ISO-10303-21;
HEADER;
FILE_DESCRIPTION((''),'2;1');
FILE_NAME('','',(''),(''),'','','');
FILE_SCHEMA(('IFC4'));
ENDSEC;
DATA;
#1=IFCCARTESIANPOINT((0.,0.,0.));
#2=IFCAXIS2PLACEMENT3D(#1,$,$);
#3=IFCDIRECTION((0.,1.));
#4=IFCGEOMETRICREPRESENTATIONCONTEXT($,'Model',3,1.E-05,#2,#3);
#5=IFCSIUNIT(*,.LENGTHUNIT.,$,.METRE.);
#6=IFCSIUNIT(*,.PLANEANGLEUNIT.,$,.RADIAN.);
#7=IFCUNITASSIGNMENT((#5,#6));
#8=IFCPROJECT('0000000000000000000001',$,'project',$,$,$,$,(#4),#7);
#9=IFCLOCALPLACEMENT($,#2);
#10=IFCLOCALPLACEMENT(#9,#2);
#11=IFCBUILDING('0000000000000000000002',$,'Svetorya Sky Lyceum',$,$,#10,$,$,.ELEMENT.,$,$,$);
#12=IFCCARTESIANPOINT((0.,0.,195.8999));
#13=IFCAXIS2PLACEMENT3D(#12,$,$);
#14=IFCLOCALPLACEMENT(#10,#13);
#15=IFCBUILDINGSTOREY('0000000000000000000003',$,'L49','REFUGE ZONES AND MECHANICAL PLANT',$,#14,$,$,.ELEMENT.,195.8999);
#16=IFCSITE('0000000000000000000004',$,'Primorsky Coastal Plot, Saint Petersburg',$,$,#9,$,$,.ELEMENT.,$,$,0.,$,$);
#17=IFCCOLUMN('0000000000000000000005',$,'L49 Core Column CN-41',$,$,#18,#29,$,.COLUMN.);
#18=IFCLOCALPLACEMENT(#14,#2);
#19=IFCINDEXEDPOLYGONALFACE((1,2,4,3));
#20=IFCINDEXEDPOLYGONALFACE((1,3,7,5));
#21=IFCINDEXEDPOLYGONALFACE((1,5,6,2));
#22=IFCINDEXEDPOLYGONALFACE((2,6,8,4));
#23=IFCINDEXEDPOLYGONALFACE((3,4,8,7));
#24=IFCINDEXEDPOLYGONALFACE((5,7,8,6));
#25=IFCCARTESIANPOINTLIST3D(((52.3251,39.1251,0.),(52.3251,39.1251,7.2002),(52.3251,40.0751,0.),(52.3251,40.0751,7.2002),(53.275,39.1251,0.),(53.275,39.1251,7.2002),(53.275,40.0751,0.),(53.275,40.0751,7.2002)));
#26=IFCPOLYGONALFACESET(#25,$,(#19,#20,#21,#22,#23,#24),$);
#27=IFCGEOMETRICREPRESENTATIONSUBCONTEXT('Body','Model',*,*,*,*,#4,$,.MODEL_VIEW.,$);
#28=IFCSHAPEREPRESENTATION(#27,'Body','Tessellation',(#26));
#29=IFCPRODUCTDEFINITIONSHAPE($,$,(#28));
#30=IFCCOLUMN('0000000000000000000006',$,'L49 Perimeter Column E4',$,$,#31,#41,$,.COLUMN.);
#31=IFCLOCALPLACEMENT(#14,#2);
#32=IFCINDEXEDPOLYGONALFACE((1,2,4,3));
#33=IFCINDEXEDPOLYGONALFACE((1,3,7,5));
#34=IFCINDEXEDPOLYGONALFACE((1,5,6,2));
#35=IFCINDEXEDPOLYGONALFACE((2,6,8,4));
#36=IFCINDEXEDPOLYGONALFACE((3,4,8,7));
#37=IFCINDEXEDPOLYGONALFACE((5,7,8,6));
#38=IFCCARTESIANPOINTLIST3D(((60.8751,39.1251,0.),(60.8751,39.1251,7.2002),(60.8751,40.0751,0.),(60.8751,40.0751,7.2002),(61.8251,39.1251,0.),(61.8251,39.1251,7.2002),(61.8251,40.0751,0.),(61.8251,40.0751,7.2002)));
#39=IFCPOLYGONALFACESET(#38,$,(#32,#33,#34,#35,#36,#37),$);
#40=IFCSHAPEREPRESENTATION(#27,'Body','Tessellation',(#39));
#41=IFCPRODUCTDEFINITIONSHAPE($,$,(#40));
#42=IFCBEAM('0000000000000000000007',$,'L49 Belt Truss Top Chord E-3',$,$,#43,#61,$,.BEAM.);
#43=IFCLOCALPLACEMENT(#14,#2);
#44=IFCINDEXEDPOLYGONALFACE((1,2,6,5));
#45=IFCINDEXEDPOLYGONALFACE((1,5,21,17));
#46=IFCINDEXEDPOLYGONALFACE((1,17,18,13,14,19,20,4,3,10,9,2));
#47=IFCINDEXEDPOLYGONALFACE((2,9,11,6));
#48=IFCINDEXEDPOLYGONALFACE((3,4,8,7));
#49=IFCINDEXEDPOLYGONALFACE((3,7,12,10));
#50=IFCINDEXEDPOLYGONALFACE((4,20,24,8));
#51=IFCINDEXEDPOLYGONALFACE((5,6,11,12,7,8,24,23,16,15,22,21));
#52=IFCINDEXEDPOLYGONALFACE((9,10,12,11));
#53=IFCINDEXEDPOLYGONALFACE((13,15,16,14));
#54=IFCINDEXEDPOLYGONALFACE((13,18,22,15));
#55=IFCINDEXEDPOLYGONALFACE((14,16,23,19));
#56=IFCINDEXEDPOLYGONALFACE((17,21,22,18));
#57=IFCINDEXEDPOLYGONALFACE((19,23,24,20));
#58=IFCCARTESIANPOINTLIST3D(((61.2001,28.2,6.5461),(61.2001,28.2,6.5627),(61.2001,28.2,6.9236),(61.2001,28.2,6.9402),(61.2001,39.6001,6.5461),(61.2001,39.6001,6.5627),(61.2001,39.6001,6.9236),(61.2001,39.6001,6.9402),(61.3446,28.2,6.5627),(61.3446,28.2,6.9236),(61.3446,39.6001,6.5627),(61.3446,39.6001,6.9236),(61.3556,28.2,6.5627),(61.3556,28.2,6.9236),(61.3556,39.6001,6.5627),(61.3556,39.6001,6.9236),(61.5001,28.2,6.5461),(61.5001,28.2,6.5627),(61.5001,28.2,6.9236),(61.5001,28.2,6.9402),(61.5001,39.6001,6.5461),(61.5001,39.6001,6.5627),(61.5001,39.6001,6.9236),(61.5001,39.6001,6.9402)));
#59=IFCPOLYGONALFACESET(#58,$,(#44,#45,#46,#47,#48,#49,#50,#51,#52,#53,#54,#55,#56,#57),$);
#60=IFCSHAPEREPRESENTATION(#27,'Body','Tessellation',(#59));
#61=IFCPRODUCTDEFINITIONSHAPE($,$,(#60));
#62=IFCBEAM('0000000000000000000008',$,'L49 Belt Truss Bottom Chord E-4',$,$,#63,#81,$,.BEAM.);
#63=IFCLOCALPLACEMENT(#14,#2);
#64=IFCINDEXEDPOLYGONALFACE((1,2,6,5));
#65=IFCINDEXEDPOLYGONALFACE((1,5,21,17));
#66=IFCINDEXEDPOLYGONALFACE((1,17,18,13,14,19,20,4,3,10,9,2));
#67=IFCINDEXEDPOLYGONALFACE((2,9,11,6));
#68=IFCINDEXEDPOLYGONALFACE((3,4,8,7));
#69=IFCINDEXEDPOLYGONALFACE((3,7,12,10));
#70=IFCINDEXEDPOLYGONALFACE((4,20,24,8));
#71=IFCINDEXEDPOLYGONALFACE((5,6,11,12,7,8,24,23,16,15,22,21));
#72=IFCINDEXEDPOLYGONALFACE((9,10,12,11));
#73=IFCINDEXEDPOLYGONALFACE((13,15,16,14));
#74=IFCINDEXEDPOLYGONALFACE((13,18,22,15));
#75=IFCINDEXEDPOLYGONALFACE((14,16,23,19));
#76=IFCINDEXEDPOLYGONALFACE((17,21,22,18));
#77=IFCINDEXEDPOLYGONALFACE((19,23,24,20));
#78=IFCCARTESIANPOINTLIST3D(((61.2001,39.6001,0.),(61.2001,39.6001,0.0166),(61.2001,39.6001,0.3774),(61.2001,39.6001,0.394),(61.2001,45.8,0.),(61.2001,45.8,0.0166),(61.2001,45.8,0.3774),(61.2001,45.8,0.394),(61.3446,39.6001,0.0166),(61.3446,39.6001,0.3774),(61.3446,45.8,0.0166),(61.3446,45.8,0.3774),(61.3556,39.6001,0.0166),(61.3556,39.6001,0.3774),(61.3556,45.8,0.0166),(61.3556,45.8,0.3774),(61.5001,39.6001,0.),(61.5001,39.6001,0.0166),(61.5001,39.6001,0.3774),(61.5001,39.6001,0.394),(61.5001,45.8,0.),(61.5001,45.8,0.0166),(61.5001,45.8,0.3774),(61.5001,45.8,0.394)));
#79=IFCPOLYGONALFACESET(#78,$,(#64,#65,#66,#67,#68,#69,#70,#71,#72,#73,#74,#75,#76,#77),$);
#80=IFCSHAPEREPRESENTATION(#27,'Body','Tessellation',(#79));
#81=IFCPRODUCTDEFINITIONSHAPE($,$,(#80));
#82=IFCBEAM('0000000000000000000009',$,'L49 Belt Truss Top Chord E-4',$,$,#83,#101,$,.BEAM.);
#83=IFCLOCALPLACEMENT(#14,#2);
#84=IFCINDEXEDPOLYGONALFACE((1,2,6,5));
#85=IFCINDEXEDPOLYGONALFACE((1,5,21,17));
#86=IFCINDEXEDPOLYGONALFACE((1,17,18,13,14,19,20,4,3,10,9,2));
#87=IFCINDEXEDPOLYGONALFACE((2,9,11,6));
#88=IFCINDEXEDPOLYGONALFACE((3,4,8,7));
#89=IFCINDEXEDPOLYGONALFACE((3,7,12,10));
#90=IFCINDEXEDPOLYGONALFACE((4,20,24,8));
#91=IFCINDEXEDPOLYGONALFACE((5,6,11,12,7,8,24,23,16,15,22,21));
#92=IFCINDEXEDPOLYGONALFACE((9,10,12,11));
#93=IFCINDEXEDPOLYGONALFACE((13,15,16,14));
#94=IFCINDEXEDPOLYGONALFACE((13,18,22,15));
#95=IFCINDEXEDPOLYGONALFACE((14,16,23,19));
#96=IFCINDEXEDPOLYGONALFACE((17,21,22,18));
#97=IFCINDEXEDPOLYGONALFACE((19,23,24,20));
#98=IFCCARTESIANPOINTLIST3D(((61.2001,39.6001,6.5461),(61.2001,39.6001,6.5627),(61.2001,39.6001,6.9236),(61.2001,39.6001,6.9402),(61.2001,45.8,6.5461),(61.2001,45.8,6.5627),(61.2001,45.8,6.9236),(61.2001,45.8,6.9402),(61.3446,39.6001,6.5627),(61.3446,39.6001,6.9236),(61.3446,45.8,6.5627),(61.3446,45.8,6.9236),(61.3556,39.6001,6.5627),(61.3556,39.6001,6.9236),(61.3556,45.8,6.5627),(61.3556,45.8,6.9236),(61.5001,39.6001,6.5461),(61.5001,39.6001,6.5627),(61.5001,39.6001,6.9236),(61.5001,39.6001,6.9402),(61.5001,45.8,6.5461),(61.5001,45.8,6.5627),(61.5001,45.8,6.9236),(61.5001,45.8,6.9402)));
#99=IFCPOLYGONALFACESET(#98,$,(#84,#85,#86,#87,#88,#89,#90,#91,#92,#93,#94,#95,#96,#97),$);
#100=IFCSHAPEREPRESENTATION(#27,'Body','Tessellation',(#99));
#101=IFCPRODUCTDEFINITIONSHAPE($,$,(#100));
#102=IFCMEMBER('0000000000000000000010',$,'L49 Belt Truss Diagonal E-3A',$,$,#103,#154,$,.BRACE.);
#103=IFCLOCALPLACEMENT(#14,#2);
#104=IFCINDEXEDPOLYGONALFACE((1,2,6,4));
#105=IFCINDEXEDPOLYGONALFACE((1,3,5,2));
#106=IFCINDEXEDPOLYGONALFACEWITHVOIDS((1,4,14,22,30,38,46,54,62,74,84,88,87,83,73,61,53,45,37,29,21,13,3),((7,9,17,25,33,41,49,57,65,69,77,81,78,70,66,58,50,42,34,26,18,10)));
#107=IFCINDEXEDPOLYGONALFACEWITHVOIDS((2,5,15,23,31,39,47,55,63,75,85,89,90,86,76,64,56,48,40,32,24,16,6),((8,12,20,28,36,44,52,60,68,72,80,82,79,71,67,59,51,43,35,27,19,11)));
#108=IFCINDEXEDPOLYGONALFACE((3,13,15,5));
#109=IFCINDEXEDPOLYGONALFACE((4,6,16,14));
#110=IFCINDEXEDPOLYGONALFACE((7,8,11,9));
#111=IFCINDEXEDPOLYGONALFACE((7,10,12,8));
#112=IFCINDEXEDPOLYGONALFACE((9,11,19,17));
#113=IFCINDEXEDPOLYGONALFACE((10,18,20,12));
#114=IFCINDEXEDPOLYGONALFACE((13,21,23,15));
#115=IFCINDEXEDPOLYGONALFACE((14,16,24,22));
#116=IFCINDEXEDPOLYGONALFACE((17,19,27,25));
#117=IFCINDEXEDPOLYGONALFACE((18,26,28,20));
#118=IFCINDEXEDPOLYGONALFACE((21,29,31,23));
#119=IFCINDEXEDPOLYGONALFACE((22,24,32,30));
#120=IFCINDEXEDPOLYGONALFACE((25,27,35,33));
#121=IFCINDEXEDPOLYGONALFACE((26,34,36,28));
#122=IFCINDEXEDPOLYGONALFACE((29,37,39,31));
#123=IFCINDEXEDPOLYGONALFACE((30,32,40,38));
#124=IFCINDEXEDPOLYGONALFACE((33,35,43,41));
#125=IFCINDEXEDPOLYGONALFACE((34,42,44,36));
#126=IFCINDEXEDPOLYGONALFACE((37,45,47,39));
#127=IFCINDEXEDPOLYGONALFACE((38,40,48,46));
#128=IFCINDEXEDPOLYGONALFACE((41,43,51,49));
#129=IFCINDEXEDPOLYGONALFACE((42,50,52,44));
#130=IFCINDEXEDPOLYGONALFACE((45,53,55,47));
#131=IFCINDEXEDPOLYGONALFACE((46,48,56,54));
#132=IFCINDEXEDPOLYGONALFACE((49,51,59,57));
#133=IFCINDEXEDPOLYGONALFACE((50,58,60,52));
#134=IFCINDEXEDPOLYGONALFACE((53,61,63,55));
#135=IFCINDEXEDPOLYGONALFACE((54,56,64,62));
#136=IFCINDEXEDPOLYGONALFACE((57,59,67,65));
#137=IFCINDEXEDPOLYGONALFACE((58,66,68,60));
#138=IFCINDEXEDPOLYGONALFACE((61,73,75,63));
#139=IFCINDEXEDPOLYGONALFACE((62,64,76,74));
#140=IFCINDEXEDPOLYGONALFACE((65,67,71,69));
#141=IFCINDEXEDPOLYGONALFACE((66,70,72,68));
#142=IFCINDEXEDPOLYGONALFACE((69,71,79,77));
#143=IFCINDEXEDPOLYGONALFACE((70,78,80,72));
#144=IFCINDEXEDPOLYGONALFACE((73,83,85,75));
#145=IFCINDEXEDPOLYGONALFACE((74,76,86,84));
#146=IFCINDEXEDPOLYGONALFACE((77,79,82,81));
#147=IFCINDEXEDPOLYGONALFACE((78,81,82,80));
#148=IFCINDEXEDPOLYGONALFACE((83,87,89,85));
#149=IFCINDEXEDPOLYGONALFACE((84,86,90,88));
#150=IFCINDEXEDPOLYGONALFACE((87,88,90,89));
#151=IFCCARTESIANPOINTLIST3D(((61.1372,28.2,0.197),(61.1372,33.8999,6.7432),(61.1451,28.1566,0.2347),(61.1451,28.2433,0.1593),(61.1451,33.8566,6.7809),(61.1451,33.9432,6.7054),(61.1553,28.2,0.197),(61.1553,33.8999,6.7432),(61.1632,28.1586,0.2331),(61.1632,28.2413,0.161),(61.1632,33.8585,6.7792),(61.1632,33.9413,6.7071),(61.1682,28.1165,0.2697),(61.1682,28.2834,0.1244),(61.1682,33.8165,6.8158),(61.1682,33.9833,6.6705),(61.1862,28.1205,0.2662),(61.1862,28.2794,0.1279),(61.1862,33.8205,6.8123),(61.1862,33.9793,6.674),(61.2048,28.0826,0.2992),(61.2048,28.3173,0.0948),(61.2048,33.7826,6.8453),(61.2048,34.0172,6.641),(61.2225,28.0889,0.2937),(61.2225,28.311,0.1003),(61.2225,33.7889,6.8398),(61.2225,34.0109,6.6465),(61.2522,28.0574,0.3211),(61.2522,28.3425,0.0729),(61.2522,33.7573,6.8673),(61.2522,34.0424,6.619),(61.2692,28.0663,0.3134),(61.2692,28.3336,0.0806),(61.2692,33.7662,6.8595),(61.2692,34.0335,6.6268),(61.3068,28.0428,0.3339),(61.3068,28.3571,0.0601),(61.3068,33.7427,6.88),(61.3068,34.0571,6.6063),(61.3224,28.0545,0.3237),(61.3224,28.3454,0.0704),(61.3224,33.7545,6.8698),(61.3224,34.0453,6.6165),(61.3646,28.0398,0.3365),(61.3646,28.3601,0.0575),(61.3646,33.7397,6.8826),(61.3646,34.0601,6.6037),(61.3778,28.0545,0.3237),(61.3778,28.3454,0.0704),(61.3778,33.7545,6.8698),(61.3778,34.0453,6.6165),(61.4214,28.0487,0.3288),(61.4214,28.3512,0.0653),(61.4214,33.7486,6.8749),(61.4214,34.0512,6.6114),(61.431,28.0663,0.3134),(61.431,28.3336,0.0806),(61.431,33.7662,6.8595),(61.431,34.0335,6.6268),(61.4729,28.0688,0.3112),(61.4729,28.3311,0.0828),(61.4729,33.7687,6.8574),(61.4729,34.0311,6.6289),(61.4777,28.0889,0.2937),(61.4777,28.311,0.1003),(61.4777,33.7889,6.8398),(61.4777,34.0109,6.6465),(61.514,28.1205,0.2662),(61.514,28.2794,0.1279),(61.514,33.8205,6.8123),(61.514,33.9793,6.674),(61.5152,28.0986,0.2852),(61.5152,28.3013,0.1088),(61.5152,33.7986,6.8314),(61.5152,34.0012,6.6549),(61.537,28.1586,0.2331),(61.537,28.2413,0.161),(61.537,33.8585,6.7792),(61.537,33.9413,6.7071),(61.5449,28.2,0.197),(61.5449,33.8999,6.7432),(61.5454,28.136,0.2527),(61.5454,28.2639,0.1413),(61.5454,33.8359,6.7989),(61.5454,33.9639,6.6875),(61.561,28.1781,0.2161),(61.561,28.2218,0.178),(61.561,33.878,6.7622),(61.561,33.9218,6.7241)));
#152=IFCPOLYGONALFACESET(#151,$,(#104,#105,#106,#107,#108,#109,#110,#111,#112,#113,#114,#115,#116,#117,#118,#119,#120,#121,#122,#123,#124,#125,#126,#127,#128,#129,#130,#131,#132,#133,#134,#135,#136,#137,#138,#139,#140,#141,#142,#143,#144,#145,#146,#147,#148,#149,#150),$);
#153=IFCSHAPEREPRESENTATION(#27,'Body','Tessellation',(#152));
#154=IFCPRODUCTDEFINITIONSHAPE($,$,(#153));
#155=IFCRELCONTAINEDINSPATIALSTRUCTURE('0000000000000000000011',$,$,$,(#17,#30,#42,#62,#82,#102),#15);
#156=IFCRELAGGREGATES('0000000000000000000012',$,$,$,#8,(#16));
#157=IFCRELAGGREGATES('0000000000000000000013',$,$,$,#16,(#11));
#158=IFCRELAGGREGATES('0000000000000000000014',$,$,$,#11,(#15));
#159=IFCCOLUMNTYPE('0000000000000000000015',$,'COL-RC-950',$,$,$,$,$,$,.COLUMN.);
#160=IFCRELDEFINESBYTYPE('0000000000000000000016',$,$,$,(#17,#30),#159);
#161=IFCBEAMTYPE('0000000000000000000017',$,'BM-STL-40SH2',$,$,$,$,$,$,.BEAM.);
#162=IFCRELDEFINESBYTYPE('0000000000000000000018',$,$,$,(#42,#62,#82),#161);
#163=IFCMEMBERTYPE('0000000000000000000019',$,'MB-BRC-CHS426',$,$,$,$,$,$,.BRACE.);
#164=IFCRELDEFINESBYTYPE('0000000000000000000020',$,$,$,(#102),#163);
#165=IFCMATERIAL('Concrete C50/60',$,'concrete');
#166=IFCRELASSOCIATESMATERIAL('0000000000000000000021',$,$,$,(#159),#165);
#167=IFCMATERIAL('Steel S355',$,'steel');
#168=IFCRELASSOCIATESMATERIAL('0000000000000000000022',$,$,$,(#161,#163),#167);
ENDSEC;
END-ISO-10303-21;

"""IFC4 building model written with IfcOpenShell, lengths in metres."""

from ifc_helpers import new_model, si_unit, direction, frame, origin, origin_2d, place, context, subcontext, project, spatial, rectangle, hollow_circle, i_section, extrude, material, material_profile, profile_set, type_object, element, save


model = new_model("IFC4")

# Units and contexts
model_context = context("Model", 3, precision=1e-05, world=origin(), true_north=direction((0.0, 1.0)))
body_context = subcontext(model_context, "Body", "Model", "MODEL_VIEW")
ifc_project = project(units=[si_unit("LENGTHUNIT", "METRE"), si_unit("PLANEANGLEUNIT", "RADIAN")], contexts=[model_context])

# Site, building, storey
site_placement = place(None, origin())
site = spatial("IfcSite", under=ifc_project, at=site_placement, Name="Primorsky Coastal Plot, Saint Petersburg", CompositionType="ELEMENT", RefElevation=0.0)
building_placement = place(site_placement, origin())
building = spatial("IfcBuilding", under=site, at=building_placement, Name="Svetorya Sky Lyceum", CompositionType="ELEMENT")
storey_placement = place(building_placement, frame((0.0, 0.0, 195.8999)))
storey = spatial("IfcBuildingStorey", under=building, at=storey_placement, Name="L49", Description="REFUGE ZONES AND MECHANICAL PLANT", CompositionType="ELEMENT", Elevation=195.8999)

# Columns
ifc_material_1 = material(Name="Concrete C50/60", Category="concrete")
ifc_material_profile_1 = material_profile(ifc_material_1, rectangle(XDim=0.95, YDim=0.95, at=origin_2d()), Name="RC COL 950x950")
ifc_profile_set_1 = profile_set([ifc_material_profile_1], Name="Concrete C50/60")
column_type = type_object("IfcColumnType", Name="COL-RC-950", PredefinedType="COLUMN", material=ifc_profile_set_1)
for number, where, z_axis, x_axis, name in (
    (1, (52.8, 39.6001, 0.0), (0.0, 0.0, 1.0), (1.0, 0.0, 0.0), "L49 Core Column CN-41"),
    (2, (61.3501, 39.6001, 0.0), (0.0, 0.0, 1.0), (1.0, 0.0, 0.0), "L49 Perimeter Column E4"),
):
    element("IfcColumn", number, at=place(storey_placement, frame(where, z_axis=z_axis, x_axis=x_axis)), inside=storey, type_object=column_type, Name=name, PredefinedType="COLUMN", context=body_context, shape_type="SweptSolid", body=[
        extrude(rectangle(XDim=0.95, YDim=0.95, at=origin_2d()), origin(), (0.0, 0.0, 1.0), 7.2002),
    ])

# Beams
ifc_material_2 = material(Name="Steel S355", Category="steel")
ifc_material_profile_2 = material_profile(ifc_material_2, i_section(OverallWidth=0.3, OverallDepth=0.394, WebThickness=0.011, FlangeThickness=0.0166, at=origin_2d()), Name="GOST 40Sh2")
ifc_profile_set_2 = profile_set([ifc_material_profile_2], Name="Steel S355")
beam_type = type_object("IfcBeamType", Name="BM-STL-40SH2", PredefinedType="BEAM", material=ifc_profile_set_2)
beam_placement = place(storey_placement, frame((61.3501, 28.2, 6.7432), z_axis=(0.0, 1.0, 0.0), x_axis=(-1.0, 0.0, 0.0)))
element("IfcBeam", 3, at=beam_placement, inside=storey, type_object=beam_type, Name="L49 Belt Truss Top Chord E-3", PredefinedType="BEAM", context=body_context, shape_type="SweptSolid", body=[
    extrude(i_section(OverallWidth=0.3, OverallDepth=0.394, WebThickness=0.011, FlangeThickness=0.0166, at=origin_2d()), origin(), (0.0, 0.0, 1.0), 11.4001),
])
for number, where, z_axis, x_axis, name in (
    (4, (61.3501, 39.6001, 0.197), (0.0, 1.0, 0.0), (-1.0, 0.0, 0.0), "L49 Belt Truss Bottom Chord E-4"),
    (5, (61.3501, 39.6001, 6.7432), (0.0, 1.0, 0.0), (-1.0, 0.0, 0.0), "L49 Belt Truss Top Chord E-4"),
):
    element("IfcBeam", number, at=place(storey_placement, frame(where, z_axis=z_axis, x_axis=x_axis)), inside=storey, type_object=beam_type, Name=name, PredefinedType="BEAM", context=body_context, shape_type="SweptSolid", body=[
        extrude(i_section(OverallWidth=0.3, OverallDepth=0.394, WebThickness=0.011, FlangeThickness=0.0166, at=origin_2d()), origin(), (0.0, 0.0, 1.0), 6.2),
    ])

# Member
ifc_material_profile_3 = material_profile(ifc_material_2, hollow_circle(Radius=0.2129, WallThickness=0.0181, at=origin_2d()), Name="CHS 426x18")
ifc_profile_set_3 = profile_set([ifc_material_profile_3], Name="Steel S355")
member_type_1 = type_object("IfcMemberType", Name="MB-BRC-CHS426", PredefinedType="BRACE", material=ifc_profile_set_3)
member_1_placement = place(storey_placement, frame((61.3501, 28.2, 0.197), z_axis=(0.0, 0.656681, 0.754169), x_axis=(-1.0, 0.0, 0.0)))
element("IfcMember", 6, at=member_1_placement, inside=storey, type_object=member_type_1, Name="L49 Belt Truss Diagonal E-3A", PredefinedType="BRACE", context=body_context, shape_type="SweptSolid", body=[
    extrude(hollow_circle(Radius=0.2129, WallThickness=0.0181, at=origin_2d()), origin(), (0.0, 0.0, 1.0), 8.6799),
])

save(model, "model.ifc")
